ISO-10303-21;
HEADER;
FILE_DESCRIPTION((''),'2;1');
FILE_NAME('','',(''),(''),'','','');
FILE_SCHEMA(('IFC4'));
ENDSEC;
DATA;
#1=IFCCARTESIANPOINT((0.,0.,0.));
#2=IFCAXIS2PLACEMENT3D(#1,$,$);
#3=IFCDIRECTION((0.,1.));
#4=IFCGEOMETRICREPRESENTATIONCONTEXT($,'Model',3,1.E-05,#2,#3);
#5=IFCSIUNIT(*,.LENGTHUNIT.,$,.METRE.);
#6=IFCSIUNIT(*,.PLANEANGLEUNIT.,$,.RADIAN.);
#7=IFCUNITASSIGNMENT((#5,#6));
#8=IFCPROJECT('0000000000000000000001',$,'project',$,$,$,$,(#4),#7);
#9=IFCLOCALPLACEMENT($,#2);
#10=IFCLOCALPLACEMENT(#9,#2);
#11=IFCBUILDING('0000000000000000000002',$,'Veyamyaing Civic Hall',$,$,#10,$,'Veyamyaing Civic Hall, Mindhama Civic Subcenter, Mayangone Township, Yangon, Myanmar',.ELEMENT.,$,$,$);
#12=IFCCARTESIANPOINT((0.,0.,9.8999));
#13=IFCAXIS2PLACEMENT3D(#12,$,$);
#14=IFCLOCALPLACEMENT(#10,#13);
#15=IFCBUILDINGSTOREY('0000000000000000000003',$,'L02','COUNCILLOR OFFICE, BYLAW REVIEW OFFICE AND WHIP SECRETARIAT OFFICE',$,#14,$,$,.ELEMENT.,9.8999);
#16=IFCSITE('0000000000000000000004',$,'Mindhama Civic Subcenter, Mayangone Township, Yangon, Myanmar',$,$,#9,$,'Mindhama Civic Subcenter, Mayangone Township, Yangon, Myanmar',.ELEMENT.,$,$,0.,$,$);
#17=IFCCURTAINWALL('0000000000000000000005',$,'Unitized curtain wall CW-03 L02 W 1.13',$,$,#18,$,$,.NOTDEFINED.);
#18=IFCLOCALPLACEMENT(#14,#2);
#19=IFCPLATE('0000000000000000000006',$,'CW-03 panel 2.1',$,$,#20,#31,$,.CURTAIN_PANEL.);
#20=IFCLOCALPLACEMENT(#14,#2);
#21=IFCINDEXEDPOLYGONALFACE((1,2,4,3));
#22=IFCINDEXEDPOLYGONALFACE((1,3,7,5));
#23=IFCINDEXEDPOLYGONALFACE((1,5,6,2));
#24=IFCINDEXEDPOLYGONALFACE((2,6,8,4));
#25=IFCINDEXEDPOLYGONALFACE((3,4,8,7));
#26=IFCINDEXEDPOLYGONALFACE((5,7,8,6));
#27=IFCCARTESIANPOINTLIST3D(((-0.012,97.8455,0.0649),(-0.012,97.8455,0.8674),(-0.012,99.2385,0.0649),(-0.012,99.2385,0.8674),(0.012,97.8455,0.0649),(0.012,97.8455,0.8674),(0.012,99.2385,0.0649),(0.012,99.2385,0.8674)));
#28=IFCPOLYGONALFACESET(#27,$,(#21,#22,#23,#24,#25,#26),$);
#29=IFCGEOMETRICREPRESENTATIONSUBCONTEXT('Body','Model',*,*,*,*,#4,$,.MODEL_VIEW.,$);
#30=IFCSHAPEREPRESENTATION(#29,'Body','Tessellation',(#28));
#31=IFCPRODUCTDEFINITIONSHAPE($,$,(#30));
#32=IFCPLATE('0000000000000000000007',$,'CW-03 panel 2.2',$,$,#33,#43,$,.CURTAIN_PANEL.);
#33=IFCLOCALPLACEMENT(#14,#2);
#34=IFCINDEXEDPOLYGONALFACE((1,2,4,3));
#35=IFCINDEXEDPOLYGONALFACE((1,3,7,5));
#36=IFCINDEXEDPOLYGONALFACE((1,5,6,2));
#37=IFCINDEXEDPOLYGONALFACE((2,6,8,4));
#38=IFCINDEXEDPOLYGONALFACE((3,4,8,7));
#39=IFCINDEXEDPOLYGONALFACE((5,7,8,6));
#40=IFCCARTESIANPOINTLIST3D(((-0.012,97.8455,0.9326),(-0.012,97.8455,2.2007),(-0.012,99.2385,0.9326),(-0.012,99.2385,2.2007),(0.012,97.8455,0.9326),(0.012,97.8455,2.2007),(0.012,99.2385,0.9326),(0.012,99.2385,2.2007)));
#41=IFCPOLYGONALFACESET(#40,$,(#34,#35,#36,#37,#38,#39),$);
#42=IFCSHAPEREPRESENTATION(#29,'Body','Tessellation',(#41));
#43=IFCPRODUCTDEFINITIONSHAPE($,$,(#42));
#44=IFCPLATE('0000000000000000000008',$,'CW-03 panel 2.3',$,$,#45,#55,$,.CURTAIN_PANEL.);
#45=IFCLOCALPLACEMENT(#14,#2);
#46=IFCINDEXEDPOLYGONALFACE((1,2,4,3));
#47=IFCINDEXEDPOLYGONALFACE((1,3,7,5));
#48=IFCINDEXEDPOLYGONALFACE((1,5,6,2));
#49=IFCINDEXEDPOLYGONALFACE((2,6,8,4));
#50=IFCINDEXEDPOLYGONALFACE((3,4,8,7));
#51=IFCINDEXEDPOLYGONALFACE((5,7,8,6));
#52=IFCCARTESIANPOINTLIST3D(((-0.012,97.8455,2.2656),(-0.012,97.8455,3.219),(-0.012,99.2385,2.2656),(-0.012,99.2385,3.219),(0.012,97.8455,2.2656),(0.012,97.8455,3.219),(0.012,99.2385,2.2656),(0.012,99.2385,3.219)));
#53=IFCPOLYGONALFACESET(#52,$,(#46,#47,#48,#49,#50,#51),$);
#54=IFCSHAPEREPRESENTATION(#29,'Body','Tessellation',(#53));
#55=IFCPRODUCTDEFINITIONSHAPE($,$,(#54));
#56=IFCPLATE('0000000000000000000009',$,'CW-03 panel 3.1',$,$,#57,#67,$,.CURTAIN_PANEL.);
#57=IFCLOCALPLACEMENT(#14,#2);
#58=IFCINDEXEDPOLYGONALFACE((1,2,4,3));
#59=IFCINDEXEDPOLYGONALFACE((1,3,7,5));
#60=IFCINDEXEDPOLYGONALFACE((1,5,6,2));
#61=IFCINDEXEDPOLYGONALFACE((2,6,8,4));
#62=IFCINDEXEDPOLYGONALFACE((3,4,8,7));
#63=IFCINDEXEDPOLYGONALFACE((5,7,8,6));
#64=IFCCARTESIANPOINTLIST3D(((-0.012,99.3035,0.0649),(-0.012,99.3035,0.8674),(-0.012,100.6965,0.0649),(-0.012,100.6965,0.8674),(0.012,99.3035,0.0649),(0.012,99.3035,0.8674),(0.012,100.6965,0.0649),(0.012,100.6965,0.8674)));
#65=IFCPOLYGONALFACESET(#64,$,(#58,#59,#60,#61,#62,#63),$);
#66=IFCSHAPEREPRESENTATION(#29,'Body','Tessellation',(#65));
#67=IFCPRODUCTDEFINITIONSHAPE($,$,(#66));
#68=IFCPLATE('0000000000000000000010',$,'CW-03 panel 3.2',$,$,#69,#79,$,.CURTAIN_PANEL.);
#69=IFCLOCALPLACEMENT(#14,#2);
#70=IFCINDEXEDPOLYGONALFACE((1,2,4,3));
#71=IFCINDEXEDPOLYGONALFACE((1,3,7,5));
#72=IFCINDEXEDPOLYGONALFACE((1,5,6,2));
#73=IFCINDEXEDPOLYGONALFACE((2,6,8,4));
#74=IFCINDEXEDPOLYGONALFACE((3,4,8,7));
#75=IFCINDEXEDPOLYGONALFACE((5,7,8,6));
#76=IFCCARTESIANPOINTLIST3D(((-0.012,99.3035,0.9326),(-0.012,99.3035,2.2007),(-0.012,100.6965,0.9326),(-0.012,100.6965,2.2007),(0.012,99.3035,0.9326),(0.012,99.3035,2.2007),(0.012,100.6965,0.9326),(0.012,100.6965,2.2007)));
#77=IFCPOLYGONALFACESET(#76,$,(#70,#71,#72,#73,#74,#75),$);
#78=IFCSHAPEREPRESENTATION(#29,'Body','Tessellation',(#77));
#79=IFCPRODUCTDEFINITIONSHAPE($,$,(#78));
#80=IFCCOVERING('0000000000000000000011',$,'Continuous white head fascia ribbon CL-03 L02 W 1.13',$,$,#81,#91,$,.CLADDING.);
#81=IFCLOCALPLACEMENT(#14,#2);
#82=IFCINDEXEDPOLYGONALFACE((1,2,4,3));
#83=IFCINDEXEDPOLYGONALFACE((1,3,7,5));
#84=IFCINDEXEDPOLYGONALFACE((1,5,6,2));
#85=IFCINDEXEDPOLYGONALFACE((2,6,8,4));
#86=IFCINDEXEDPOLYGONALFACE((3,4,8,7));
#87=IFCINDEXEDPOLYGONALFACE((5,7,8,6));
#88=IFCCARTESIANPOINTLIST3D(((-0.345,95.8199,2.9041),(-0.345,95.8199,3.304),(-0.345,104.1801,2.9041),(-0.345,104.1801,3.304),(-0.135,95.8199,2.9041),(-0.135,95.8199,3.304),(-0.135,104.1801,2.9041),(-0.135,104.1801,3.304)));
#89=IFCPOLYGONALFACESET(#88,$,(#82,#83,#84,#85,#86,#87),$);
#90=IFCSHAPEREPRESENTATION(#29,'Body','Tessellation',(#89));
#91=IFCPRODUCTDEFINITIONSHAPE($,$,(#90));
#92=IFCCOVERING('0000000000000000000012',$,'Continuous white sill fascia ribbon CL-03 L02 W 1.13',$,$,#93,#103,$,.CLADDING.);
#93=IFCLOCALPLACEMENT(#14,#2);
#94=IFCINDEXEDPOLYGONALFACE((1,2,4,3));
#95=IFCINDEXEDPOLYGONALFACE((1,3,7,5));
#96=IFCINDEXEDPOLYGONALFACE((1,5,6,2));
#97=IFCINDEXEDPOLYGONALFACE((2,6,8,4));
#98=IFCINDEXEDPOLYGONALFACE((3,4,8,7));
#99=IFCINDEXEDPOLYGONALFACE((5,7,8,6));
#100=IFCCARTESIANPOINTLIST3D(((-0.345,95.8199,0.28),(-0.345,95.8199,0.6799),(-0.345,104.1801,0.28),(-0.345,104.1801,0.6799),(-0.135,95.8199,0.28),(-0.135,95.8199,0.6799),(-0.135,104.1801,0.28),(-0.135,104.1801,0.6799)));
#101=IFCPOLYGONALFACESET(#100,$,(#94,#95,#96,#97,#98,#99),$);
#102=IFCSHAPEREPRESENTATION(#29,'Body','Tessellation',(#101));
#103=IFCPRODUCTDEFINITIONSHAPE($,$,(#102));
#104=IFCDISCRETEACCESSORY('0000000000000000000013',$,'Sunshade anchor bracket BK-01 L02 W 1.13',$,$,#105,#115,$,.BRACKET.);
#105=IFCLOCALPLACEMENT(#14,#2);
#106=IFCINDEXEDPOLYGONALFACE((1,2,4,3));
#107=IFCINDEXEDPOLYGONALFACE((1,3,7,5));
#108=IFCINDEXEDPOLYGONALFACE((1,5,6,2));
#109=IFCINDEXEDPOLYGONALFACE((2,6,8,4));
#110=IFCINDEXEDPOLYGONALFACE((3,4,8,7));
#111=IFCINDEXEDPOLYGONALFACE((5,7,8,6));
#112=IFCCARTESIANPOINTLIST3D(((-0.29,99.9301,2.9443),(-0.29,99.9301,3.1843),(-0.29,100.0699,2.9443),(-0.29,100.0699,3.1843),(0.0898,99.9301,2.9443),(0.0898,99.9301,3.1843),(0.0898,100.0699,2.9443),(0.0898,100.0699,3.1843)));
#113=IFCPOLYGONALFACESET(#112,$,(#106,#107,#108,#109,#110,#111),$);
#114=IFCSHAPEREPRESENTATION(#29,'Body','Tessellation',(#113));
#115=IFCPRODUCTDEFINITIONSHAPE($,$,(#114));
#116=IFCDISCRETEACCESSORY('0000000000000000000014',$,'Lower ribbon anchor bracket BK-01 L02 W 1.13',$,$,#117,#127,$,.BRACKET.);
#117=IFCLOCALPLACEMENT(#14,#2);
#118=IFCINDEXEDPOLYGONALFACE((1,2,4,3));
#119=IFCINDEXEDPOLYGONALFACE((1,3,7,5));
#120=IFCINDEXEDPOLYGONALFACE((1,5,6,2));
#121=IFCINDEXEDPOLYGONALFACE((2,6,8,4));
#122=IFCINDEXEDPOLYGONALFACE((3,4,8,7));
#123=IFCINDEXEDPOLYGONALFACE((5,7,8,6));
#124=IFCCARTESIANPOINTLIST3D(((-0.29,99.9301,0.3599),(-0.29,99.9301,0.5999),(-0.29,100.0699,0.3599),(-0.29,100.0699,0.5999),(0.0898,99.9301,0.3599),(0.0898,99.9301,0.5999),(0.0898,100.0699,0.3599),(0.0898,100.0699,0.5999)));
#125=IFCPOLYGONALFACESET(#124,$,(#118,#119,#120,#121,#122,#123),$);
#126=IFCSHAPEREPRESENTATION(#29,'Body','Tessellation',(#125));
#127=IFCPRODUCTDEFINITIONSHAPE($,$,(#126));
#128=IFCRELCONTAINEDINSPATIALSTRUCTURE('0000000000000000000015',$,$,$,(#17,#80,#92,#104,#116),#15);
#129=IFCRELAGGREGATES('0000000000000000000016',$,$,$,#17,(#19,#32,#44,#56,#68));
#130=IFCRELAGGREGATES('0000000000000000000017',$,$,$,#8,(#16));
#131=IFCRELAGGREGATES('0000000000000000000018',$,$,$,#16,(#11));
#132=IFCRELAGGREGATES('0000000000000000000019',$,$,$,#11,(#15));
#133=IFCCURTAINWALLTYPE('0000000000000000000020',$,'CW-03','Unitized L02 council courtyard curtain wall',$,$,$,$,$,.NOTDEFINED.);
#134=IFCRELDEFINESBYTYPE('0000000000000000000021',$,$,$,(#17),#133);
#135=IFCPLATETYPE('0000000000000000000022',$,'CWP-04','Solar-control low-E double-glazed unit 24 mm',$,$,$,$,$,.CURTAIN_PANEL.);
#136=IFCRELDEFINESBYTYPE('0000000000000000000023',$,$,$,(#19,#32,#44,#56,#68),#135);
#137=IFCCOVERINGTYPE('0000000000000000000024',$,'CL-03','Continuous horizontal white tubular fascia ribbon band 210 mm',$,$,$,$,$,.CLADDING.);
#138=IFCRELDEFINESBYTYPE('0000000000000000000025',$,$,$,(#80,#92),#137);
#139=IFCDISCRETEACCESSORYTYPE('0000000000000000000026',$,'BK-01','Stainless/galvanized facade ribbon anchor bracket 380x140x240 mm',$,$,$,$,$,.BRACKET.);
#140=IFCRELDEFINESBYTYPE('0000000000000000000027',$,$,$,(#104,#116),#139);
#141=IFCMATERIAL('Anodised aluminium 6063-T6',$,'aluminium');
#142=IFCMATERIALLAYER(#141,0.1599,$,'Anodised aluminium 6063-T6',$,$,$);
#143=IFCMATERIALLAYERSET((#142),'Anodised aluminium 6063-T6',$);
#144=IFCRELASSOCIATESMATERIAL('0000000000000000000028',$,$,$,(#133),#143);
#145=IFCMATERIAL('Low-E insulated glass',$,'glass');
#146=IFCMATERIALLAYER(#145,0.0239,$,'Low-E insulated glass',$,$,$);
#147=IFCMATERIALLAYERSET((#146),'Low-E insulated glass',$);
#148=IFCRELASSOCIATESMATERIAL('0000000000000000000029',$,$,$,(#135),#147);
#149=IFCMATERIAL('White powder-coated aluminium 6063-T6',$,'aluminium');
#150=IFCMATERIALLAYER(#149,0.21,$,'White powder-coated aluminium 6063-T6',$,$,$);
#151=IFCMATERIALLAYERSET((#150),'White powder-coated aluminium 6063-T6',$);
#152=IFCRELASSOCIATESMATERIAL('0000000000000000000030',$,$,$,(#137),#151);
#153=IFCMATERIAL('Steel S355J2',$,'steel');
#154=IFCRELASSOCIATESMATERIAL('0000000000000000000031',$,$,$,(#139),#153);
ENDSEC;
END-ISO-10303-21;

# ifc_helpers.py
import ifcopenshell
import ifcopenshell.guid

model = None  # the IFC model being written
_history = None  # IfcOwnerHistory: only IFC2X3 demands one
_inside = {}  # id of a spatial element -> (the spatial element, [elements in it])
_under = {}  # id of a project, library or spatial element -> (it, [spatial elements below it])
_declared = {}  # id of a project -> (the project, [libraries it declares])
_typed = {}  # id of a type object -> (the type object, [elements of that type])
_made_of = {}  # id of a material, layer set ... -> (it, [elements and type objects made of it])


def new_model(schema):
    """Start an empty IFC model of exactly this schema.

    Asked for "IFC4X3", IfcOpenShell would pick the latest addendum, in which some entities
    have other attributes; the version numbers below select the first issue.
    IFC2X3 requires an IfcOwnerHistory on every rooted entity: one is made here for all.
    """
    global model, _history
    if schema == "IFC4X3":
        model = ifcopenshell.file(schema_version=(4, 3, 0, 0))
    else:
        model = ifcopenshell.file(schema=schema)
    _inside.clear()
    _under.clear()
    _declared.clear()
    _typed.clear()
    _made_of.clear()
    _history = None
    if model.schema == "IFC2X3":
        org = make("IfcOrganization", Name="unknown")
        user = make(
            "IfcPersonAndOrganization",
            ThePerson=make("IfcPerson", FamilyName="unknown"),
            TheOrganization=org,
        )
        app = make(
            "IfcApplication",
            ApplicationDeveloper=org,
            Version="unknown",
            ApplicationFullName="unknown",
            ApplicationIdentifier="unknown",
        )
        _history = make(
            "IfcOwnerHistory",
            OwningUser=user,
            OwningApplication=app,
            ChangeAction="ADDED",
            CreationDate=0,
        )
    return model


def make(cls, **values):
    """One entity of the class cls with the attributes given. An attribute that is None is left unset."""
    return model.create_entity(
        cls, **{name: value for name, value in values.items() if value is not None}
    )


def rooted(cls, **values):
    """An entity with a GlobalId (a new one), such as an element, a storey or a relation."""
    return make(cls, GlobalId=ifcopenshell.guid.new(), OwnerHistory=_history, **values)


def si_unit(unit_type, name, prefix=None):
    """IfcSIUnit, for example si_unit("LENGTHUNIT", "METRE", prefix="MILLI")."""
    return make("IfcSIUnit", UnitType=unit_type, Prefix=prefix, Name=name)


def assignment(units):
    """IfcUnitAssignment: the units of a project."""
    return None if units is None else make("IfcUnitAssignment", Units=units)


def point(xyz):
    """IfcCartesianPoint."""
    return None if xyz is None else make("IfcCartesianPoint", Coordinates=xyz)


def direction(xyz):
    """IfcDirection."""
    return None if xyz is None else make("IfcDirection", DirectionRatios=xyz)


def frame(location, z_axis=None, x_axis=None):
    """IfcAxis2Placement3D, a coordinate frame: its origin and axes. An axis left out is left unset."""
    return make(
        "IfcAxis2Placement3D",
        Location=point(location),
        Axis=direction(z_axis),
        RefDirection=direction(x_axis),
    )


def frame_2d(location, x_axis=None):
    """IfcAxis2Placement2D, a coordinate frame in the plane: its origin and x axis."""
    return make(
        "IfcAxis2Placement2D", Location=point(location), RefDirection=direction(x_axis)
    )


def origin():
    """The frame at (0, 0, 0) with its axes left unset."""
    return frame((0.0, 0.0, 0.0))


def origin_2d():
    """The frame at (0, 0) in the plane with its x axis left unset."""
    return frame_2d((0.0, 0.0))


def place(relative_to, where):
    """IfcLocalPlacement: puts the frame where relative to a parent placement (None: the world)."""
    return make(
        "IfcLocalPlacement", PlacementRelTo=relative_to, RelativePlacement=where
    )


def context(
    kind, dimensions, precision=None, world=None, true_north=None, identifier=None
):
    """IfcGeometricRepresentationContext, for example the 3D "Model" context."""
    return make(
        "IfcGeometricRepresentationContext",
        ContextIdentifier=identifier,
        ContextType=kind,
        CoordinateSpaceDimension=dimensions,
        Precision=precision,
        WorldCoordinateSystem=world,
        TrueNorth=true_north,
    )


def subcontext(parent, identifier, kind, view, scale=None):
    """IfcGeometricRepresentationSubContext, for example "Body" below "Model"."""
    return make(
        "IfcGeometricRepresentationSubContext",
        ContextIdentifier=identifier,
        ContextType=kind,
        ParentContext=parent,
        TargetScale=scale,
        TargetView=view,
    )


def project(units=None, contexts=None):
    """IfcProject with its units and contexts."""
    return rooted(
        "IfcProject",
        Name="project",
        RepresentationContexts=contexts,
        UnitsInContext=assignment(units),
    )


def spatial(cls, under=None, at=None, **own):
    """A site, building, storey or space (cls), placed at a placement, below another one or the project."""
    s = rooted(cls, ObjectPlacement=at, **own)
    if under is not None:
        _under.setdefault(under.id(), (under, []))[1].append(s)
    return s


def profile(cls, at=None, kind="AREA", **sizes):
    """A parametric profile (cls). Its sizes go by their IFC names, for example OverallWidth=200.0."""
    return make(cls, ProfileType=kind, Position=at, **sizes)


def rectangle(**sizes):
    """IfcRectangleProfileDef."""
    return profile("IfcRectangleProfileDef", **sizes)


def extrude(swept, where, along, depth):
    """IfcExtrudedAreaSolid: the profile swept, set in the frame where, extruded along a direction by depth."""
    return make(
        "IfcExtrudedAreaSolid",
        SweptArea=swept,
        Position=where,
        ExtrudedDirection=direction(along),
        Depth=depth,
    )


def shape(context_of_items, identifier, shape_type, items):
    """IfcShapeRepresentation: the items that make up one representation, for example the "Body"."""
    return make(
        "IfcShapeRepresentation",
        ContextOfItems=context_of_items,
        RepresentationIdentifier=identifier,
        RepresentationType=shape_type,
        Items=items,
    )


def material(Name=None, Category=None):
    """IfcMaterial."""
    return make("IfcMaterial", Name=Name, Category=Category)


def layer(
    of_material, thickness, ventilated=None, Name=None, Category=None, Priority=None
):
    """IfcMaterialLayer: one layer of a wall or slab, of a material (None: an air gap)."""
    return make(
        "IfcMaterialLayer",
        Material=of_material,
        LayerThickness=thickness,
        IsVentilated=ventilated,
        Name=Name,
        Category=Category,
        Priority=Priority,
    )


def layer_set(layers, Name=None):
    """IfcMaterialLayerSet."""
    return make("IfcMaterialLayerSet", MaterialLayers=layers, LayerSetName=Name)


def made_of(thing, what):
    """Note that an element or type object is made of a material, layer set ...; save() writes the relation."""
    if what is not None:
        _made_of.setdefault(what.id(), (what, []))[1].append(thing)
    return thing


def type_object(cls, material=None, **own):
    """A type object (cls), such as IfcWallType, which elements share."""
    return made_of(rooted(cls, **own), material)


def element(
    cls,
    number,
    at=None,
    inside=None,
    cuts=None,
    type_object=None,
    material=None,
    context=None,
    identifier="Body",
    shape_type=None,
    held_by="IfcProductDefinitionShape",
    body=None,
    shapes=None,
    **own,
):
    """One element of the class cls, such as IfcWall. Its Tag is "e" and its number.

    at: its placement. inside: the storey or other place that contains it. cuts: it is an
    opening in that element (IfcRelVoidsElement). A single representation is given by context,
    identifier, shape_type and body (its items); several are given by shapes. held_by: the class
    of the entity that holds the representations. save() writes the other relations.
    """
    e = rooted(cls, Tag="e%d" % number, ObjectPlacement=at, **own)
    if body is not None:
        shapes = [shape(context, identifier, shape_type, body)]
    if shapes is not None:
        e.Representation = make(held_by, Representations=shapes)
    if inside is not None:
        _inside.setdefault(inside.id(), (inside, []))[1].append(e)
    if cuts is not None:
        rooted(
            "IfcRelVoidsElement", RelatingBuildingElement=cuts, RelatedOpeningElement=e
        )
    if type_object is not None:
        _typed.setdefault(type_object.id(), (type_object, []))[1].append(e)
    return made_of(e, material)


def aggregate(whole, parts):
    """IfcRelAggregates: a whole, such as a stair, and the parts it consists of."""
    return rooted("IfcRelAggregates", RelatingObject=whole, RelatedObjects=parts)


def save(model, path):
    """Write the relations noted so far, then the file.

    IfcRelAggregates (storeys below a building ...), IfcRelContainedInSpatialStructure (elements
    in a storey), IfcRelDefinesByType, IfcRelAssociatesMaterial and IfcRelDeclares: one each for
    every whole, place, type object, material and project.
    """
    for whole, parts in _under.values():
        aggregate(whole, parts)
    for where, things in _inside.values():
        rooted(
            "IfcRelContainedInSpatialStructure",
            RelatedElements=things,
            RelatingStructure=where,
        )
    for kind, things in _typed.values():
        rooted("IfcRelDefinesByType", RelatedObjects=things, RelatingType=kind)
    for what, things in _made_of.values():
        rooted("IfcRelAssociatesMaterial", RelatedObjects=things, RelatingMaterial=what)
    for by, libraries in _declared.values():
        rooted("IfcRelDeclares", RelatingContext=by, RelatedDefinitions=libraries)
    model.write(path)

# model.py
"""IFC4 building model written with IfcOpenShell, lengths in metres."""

from ifc_helpers import new_model, si_unit, direction, frame, origin, origin_2d, place, context, subcontext, project, spatial, rectangle, extrude, material, layer, layer_set, type_object, element, aggregate, save


model = new_model("IFC4")

# Units and contexts
model_context = context("Model", 3, precision=1e-05, world=origin(), true_north=direction((0.0, 1.0)))
body_context = subcontext(model_context, "Body", "Model", "MODEL_VIEW")
ifc_project = project(units=[si_unit("LENGTHUNIT", "METRE"), si_unit("PLANEANGLEUNIT", "RADIAN")], contexts=[model_context])

# Site, building, storey
site_placement = place(None, origin())
site = spatial("IfcSite", under=ifc_project, at=site_placement, Name="Mindhama Civic Subcenter, Mayangone Township, Yangon, Myanmar", LongName="Mindhama Civic Subcenter, Mayangone Township, Yangon, Myanmar", CompositionType="ELEMENT", RefElevation=0.0)
building_placement = place(site_placement, origin())
building = spatial("IfcBuilding", under=site, at=building_placement, Name="Veyamyaing Civic Hall", LongName="Veyamyaing Civic Hall, Mindhama Civic Subcenter, Mayangone Township, Yangon, Myanmar", CompositionType="ELEMENT")
storey_placement = place(building_placement, frame((0.0, 0.0, 9.8999)))
storey = spatial("IfcBuildingStorey", under=building, at=storey_placement, Name="L02", Description="COUNCILLOR OFFICE, BYLAW REVIEW OFFICE AND WHIP SECRETARIAT OFFICE", CompositionType="ELEMENT", Elevation=9.8999)

# Curtain wall
ifc_material_1 = material(Name="Anodised aluminium 6063-T6", Category="aluminium")
ifc_layer_1 = layer(ifc_material_1, 0.1599, Name="Anodised aluminium 6063-T6")
ifc_layer_set_1 = layer_set([ifc_layer_1], Name="Anodised aluminium 6063-T6")
curtain_wall_type = type_object("IfcCurtainWallType", Name="CW-03", Description="Unitized L02 council courtyard curtain wall", PredefinedType="NOTDEFINED", material=ifc_layer_set_1)
curtain_wall_placement = place(storey_placement, origin())
curtain_wall = element("IfcCurtainWall", 1, at=curtain_wall_placement, inside=storey, type_object=curtain_wall_type, Name="Unitized curtain wall CW-03 L02 W 1.13", PredefinedType="NOTDEFINED")

# Plates
ifc_material_2 = material(Name="Low-E insulated glass", Category="glass")
ifc_layer_2 = layer(ifc_material_2, 0.0239, Name="Low-E insulated glass")
ifc_layer_set_2 = layer_set([ifc_layer_2], Name="Low-E insulated glass")
plate_type = type_object("IfcPlateType", Name="CWP-04", Description="Solar-control low-E double-glazed unit 24 mm", PredefinedType="CURTAIN_PANEL", material=ifc_layer_set_2)
plate_1_placement = place(storey_placement, frame((0.0, 98.542, 0.0649), z_axis=(0.0, 0.0, 1.0), x_axis=(0.0, 1.0, 0.0)))
plate_1 = element("IfcPlate", 2, at=plate_1_placement, type_object=plate_type, Name="CW-03 panel 2.1", PredefinedType="CURTAIN_PANEL", context=body_context, shape_type="SweptSolid", body=[
    extrude(rectangle(XDim=1.3931, YDim=0.0239, at=origin_2d()), origin(), (0.0, 0.0, 1.0), 0.8025),
])
plate_2_placement = place(storey_placement, frame((0.0, 98.542, 0.9326), z_axis=(0.0, 0.0, 1.0), x_axis=(0.0, 1.0, 0.0)))
plate_2 = element("IfcPlate", 3, at=plate_2_placement, type_object=plate_type, Name="CW-03 panel 2.2", PredefinedType="CURTAIN_PANEL", context=body_context, shape_type="SweptSolid", body=[
    extrude(rectangle(XDim=1.3931, YDim=0.0239, at=origin_2d()), origin(), (0.0, 0.0, 1.0), 1.2681),
])
plate_3_placement = place(storey_placement, frame((0.0, 98.542, 2.2656), z_axis=(0.0, 0.0, 1.0), x_axis=(0.0, 1.0, 0.0)))
plate_3 = element("IfcPlate", 4, at=plate_3_placement, type_object=plate_type, Name="CW-03 panel 2.3", PredefinedType="CURTAIN_PANEL", context=body_context, shape_type="SweptSolid", body=[
    extrude(rectangle(XDim=1.3931, YDim=0.0239, at=origin_2d()), origin(), (0.0, 0.0, 1.0), 0.9534),
])
plate_4_placement = place(storey_placement, frame((0.0, 100.0, 0.0649), z_axis=(0.0, 0.0, 1.0), x_axis=(0.0, 1.0, 0.0)))
plate_4 = element("IfcPlate", 5, at=plate_4_placement, type_object=plate_type, Name="CW-03 panel 3.1", PredefinedType="CURTAIN_PANEL", context=body_context, shape_type="SweptSolid", body=[
    extrude(rectangle(XDim=1.3931, YDim=0.0239, at=origin_2d()), origin(), (0.0, 0.0, 1.0), 0.8025),
])
plate_5_placement = place(storey_placement, frame((0.0, 100.0, 0.9326), z_axis=(0.0, 0.0, 1.0), x_axis=(0.0, 1.0, 0.0)))
plate_5 = element("IfcPlate", 6, at=plate_5_placement, type_object=plate_type, Name="CW-03 panel 3.2", PredefinedType="CURTAIN_PANEL", context=body_context, shape_type="SweptSolid", body=[
    extrude(rectangle(XDim=1.3931, YDim=0.0239, at=origin_2d()), origin(), (0.0, 0.0, 1.0), 1.2681),
])
aggregate(curtain_wall, [plate_1, plate_2, plate_3, plate_4, plate_5])

# Coverings
ifc_material_3 = material(Name="White powder-coated aluminium 6063-T6", Category="aluminium")
ifc_layer_3 = layer(ifc_material_3, 0.21, Name="White powder-coated aluminium 6063-T6")
ifc_layer_set_3 = layer_set([ifc_layer_3], Name="White powder-coated aluminium 6063-T6")
covering_type = type_object("IfcCoveringType", Name="CL-03", Description="Continuous horizontal white tubular fascia ribbon band 210 mm", PredefinedType="CLADDING", material=ifc_layer_set_3)
for number, where, z_axis, x_axis, name in (
    (7, (-0.24, 100.0, 2.9041), (0.0, 0.0, 1.0), (0.0, 1.0, 0.0), "Continuous white head fascia ribbon CL-03 L02 W 1.13"),
    (8, (-0.24, 100.0, 0.28), (0.0, 0.0, 1.0), (0.0, 1.0, 0.0), "Continuous white sill fascia ribbon CL-03 L02 W 1.13"),
):
    element("IfcCovering", number, at=place(storey_placement, frame(where, z_axis=z_axis, x_axis=x_axis)), inside=storey, type_object=covering_type, Name=name, PredefinedType="CLADDING", context=body_context, shape_type="SweptSolid", body=[
        extrude(rectangle(XDim=8.3601, YDim=0.21, at=origin_2d()), origin(), (0.0, 0.0, 1.0), 0.3999),
    ])

# Discrete accessories
ifc_material_4 = material(Name="Steel S355J2", Category="steel")
discrete_accessory_type = type_object("IfcDiscreteAccessoryType", Name="BK-01", Description="Stainless/galvanized facade ribbon anchor bracket 380x140x240 mm", PredefinedType="BRACKET", material=ifc_material_4)
for number, where, z_axis, x_axis, name in (
    (9, (-0.1001, 100.0, 2.9443), (0.0, 0.0, 1.0), (-1.0, 0.0, 0.0), "Sunshade anchor bracket BK-01 L02 W 1.13"),
    (10, (-0.1001, 100.0, 0.3599), (0.0, 0.0, 1.0), (-1.0, 0.0, 0.0), "Lower ribbon anchor bracket BK-01 L02 W 1.13"),
):
    element("IfcDiscreteAccessory", number, at=place(storey_placement, frame(where, z_axis=z_axis, x_axis=x_axis)), inside=storey, type_object=discrete_accessory_type, Name=name, PredefinedType="BRACKET", context=body_context, shape_type="SweptSolid", body=[
        extrude(rectangle(XDim=0.3799, YDim=0.1399, at=origin_2d()), origin(), (0.0, 0.0, 1.0), 0.24),
    ])

save(model, "model.ifc")
